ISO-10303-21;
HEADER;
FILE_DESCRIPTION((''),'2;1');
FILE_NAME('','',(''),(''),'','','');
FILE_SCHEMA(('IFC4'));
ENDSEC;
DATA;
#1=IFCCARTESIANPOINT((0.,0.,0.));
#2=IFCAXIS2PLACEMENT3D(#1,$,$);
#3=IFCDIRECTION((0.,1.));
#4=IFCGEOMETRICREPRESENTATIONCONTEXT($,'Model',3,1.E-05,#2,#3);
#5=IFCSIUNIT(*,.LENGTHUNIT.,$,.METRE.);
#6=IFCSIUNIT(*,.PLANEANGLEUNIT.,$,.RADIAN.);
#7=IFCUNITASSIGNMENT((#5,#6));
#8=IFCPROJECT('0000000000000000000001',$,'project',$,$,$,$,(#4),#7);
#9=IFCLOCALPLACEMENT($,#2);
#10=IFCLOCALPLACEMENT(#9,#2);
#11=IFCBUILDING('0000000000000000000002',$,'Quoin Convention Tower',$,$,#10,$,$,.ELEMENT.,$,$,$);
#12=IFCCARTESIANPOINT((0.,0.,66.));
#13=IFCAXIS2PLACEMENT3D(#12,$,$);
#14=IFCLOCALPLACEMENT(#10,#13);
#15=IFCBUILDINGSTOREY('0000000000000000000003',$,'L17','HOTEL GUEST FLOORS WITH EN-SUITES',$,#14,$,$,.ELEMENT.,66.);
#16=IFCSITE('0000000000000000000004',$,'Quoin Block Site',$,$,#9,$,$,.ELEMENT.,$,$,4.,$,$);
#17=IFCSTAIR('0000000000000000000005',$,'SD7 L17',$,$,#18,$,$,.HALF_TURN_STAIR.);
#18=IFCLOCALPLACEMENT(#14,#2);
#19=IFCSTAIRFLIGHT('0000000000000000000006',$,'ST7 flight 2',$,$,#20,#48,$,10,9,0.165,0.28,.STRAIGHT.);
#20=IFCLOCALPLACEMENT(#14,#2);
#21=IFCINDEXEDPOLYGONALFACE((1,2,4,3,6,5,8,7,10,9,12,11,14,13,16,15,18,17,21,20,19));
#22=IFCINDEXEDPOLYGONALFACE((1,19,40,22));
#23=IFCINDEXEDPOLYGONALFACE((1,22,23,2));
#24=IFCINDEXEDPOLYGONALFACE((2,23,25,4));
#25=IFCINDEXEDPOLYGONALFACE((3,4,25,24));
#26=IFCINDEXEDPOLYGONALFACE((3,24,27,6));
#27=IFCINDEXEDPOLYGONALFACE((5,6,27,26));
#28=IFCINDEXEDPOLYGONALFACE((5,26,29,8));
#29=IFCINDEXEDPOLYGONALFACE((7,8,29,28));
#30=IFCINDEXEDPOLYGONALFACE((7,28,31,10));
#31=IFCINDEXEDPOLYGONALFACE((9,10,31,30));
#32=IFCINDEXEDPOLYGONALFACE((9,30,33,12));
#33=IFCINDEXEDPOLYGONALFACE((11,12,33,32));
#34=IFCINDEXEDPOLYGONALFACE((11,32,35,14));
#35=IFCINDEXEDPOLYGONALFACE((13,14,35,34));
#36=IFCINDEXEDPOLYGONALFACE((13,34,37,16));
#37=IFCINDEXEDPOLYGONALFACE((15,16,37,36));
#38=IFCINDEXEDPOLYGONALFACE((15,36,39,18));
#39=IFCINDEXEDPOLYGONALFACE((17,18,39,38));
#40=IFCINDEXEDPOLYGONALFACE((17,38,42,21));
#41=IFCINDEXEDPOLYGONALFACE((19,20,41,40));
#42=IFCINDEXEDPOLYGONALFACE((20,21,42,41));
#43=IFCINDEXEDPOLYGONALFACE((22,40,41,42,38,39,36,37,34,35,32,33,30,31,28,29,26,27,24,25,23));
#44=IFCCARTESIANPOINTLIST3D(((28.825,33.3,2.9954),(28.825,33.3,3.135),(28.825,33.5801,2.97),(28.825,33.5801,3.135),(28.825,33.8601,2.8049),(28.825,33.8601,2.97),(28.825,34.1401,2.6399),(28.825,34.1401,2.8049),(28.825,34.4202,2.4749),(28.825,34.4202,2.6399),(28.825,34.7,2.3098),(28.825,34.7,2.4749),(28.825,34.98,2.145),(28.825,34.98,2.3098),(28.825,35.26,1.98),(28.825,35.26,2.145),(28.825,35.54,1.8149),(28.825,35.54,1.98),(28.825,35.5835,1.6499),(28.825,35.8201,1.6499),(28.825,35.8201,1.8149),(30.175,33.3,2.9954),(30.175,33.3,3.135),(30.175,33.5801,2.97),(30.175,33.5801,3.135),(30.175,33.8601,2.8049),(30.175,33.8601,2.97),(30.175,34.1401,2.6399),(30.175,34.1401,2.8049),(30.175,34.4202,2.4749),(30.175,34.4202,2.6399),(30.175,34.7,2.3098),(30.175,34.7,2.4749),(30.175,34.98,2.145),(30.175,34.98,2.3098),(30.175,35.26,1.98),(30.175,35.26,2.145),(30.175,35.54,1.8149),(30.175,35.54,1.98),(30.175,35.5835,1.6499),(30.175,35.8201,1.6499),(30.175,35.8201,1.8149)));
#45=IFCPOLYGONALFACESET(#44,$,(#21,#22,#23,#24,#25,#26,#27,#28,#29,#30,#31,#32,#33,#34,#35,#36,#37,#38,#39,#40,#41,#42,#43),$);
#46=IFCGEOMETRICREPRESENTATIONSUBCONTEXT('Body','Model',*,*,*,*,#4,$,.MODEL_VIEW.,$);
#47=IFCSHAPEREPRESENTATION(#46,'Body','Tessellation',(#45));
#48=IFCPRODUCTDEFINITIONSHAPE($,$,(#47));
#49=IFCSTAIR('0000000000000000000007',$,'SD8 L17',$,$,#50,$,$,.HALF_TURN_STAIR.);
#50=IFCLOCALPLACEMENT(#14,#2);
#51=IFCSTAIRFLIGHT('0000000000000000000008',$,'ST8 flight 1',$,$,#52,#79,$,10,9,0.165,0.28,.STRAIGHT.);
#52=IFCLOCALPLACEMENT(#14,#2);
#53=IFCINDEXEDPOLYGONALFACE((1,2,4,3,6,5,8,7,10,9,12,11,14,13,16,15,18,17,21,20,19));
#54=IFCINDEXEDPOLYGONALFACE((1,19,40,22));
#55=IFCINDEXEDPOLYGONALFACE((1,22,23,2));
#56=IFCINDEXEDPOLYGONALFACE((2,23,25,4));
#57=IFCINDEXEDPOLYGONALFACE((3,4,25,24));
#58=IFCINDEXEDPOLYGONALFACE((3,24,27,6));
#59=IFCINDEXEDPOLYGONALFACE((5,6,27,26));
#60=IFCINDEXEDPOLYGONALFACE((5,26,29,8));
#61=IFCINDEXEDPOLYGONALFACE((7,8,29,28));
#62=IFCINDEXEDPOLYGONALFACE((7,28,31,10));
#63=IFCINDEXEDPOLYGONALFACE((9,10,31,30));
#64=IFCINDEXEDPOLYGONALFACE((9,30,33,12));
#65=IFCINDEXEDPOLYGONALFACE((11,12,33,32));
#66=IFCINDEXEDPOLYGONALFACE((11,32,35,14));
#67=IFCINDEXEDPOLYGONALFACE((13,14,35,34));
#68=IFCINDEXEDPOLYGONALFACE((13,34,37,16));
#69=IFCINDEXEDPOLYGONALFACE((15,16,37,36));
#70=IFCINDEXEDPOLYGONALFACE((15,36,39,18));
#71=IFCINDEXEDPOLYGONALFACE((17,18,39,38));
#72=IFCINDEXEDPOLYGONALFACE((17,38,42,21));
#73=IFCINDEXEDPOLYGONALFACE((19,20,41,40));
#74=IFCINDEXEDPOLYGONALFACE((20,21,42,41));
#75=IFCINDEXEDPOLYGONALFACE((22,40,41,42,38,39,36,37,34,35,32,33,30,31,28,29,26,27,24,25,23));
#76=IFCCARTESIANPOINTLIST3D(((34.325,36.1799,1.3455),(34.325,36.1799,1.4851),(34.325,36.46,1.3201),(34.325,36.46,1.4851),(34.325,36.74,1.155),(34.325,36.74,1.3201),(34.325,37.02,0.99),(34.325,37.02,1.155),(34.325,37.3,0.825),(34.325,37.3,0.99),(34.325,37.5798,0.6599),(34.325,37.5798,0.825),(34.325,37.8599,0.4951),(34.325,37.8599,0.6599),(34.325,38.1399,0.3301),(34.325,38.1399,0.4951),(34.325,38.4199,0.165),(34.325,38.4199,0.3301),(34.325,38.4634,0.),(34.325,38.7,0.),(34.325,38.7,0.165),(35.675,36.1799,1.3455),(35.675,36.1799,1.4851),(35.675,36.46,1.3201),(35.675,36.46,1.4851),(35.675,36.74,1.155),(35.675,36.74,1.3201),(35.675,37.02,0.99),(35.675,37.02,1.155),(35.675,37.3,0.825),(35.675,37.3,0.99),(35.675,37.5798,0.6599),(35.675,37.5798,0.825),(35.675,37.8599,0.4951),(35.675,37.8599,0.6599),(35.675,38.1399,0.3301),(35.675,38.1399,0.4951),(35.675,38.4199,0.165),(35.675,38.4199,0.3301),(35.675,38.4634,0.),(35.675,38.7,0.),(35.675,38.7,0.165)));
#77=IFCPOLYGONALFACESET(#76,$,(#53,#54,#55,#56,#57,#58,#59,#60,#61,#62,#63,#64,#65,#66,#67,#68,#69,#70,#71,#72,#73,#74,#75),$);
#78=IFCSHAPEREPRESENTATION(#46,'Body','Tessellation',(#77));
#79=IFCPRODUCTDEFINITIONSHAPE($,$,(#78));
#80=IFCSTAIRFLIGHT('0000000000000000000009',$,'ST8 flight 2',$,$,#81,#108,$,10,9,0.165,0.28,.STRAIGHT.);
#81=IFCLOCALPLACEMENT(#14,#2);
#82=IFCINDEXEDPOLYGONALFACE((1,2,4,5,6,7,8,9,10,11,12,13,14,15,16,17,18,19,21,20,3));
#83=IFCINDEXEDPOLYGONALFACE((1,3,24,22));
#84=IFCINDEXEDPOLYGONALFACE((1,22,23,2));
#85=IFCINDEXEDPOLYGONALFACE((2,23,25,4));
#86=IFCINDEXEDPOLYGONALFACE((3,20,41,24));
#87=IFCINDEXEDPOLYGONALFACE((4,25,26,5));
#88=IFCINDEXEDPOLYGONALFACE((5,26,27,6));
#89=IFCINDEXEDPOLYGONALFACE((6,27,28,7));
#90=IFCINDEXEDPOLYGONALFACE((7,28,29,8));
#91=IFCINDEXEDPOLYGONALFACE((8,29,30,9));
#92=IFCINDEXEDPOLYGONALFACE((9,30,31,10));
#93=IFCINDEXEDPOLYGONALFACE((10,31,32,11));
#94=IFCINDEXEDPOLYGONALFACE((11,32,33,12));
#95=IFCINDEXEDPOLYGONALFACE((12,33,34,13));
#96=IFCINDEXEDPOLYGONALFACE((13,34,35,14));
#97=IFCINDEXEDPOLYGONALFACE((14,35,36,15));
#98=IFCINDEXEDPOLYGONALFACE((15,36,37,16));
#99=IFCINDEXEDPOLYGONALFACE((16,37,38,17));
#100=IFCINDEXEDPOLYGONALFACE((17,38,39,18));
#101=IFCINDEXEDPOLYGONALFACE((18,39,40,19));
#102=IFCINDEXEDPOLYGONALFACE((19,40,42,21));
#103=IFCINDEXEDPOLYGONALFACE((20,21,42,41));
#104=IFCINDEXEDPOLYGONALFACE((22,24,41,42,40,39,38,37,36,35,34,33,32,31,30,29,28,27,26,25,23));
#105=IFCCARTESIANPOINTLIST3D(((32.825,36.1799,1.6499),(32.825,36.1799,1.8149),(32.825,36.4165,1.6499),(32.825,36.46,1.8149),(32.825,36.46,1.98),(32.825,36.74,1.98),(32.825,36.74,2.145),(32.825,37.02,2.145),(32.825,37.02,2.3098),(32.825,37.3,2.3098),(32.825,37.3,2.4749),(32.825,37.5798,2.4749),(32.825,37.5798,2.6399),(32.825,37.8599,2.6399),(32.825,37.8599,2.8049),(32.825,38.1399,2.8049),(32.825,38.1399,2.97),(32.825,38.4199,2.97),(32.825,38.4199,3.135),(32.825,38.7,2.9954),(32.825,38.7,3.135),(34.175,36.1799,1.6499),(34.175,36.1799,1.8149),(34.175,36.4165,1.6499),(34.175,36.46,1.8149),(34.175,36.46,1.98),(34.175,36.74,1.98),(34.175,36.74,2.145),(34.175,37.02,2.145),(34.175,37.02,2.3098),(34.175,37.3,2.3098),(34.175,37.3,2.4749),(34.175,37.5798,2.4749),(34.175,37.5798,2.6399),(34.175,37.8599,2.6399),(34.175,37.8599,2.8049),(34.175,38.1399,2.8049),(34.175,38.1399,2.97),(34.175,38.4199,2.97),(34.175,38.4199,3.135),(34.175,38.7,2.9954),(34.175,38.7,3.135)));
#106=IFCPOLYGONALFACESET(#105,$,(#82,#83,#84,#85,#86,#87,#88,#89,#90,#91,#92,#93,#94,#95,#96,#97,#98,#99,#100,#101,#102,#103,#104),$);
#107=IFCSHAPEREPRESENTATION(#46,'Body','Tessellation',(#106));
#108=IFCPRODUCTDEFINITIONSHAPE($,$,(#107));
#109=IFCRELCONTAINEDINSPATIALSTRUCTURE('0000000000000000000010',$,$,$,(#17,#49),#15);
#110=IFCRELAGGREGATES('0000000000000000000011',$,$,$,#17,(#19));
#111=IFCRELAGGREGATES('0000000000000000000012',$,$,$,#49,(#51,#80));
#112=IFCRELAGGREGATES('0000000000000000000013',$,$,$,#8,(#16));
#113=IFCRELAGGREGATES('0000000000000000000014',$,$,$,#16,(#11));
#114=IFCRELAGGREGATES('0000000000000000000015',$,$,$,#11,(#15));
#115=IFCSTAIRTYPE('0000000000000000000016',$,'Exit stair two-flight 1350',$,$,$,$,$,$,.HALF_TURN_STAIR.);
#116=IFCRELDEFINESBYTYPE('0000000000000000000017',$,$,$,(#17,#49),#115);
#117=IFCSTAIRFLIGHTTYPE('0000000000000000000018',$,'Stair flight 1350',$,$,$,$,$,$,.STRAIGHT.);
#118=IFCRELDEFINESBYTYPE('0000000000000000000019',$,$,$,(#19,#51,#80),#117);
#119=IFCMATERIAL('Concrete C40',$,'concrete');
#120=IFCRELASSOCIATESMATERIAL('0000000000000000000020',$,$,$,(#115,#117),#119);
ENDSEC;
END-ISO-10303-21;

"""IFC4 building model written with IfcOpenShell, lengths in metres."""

from ifc_helpers import new_model, si_unit, direction, frame, origin, place, context, subcontext, project, spatial, polyline, outline, extrude, material, type_object, element, aggregate, save


model = new_model("IFC4")

# Units and contexts
model_context = context("Model", 3, precision=1e-05, world=origin(), true_north=direction((0.0, 1.0)))
body_context = subcontext(model_context, "Body", "Model", "MODEL_VIEW")
ifc_project = project(units=[si_unit("LENGTHUNIT", "METRE"), si_unit("PLANEANGLEUNIT", "RADIAN")], contexts=[model_context])

# Site, building, storey
site_placement = place(None, origin())
site = spatial("IfcSite", under=ifc_project, at=site_placement, Name="Quoin Block Site", CompositionType="ELEMENT", RefElevation=4.0)
building_placement = place(site_placement, origin())
building = spatial("IfcBuilding", under=site, at=building_placement, Name="Quoin Convention Tower", CompositionType="ELEMENT")
storey_placement = place(building_placement, frame((0.0, 0.0, 66.0)))
storey = spatial("IfcBuildingStorey", under=building, at=storey_placement, Name="L17", Description="HOTEL GUEST FLOORS WITH EN-SUITES", CompositionType="ELEMENT", Elevation=66.0)

# Stairs, stair flights
ifc_material_1 = material(Name="Concrete C40", Category="concrete")
stair_type = type_object("IfcStairType", Name="Exit stair two-flight 1350", PredefinedType="HALF_TURN_STAIR", material=ifc_material_1)
stair_1_placement = place(storey_placement, origin())
stair_1 = element("IfcStair", 1, at=stair_1_placement, inside=storey, type_object=stair_type, Name="SD7 L17", PredefinedType="HALF_TURN_STAIR")
stair_flight_type = type_object("IfcStairFlightType", Name="Stair flight 1350", PredefinedType="STRAIGHT", material=ifc_material_1)
stair_flight_1_placement = place(storey_placement, frame((29.5, 35.8201, 1.6499), z_axis=(0.0, 0.0, 1.0), x_axis=(0.0, -1.0, 0.0)))
stair_flight_1 = element("IfcStairFlight", 2, at=stair_flight_1_placement, type_object=stair_flight_type, Name="ST7 flight 2", NumberOfRisers=10, NumberOfTreads=9, PredefinedType="STRAIGHT", RiserHeight=0.165, TreadLength=0.28, context=body_context, shape_type="SweptSolid", body=[
    extrude(outline(polyline([(0.0, 0.0), (0.0, 0.165), (0.28, 0.165), (0.28, 0.3301), (0.5601, 0.3301), (0.5601, 0.4951), (0.8401, 0.4951), (0.8401, 0.6599), (1.1201, 0.6599), (1.1201, 0.825), (1.3999, 0.825), (1.3999, 0.99), (1.6799, 0.99), (1.6799, 1.155), (1.96, 1.155), (1.96, 1.3201), (2.24, 1.3201), (2.24, 1.4851), (2.52, 1.4851), (2.52, 1.6499), (2.52, 1.3455), (0.2366, 0.0), (0.0, 0.0)])), frame((0.0, 0.675, 0.0), z_axis=(0.0, -1.0, 0.0), x_axis=(1.0, 0.0, 0.0)), (0.0, 0.0, 1.0), 1.3501),
])
aggregate(stair_1, [stair_flight_1])
stair_2_placement = place(storey_placement, origin())
stair_2 = element("IfcStair", 3, at=stair_2_placement, inside=storey, type_object=stair_type, Name="SD8 L17", PredefinedType="HALF_TURN_STAIR")
stair_flight_2_placement = place(storey_placement, frame((35.0, 38.7, 0.0), z_axis=(0.0, 0.0, 1.0), x_axis=(0.0, -1.0, 0.0)))
stair_flight_2 = element("IfcStairFlight", 4, at=stair_flight_2_placement, type_object=stair_flight_type, Name="ST8 flight 1", NumberOfRisers=10, NumberOfTreads=9, PredefinedType="STRAIGHT", RiserHeight=0.165, TreadLength=0.28, context=body_context, shape_type="SweptSolid", body=[
    extrude(outline(polyline([(0.0, 0.0), (0.0, 0.165), (0.28, 0.165), (0.28, 0.3301), (0.5601, 0.3301), (0.5601, 0.4951), (0.8401, 0.4951), (0.8401, 0.6599), (1.1201, 0.6599), (1.1201, 0.825), (1.3999, 0.825), (1.3999, 0.99), (1.6799, 0.99), (1.6799, 1.155), (1.96, 1.155), (1.96, 1.3201), (2.24, 1.3201), (2.24, 1.4851), (2.52, 1.4851), (2.52, 1.6499), (2.52, 1.3455), (0.2366, 0.0), (0.0, 0.0)])), frame((0.0, 0.675, 0.0), z_axis=(0.0, -1.0, 0.0), x_axis=(1.0, 0.0, 0.0)), (0.0, 0.0, 1.0), 1.3501),
])
stair_flight_3_placement = place(storey_placement, frame((33.5, 36.1799, 1.6499), z_axis=(0.0, 0.0, 1.0), x_axis=(0.0, 1.0, 0.0)))
stair_flight_3 = element("IfcStairFlight", 5, at=stair_flight_3_placement, type_object=stair_flight_type, Name="ST8 flight 2", NumberOfRisers=10, NumberOfTreads=9, PredefinedType="STRAIGHT", RiserHeight=0.165, TreadLength=0.28, context=body_context, shape_type="SweptSolid", body=[
    extrude(outline(polyline([(0.0, 0.0), (0.0, 0.165), (0.28, 0.165), (0.28, 0.3301), (0.5601, 0.3301), (0.5601, 0.4951), (0.8401, 0.4951), (0.8401, 0.6599), (1.1201, 0.6599), (1.1201, 0.825), (1.3999, 0.825), (1.3999, 0.99), (1.6799, 0.99), (1.6799, 1.155), (1.96, 1.155), (1.96, 1.3201), (2.24, 1.3201), (2.24, 1.4851), (2.52, 1.4851), (2.52, 1.6499), (2.52, 1.3455), (0.2366, 0.0), (0.0, 0.0)])), frame((0.0, 0.675, 0.0), z_axis=(0.0, -1.0, 0.0), x_axis=(1.0, 0.0, 0.0)), (0.0, 0.0, 1.0), 1.3501),
])
aggregate(stair_2, [stair_flight_2, stair_flight_3])

save(model, "model.ifc")
